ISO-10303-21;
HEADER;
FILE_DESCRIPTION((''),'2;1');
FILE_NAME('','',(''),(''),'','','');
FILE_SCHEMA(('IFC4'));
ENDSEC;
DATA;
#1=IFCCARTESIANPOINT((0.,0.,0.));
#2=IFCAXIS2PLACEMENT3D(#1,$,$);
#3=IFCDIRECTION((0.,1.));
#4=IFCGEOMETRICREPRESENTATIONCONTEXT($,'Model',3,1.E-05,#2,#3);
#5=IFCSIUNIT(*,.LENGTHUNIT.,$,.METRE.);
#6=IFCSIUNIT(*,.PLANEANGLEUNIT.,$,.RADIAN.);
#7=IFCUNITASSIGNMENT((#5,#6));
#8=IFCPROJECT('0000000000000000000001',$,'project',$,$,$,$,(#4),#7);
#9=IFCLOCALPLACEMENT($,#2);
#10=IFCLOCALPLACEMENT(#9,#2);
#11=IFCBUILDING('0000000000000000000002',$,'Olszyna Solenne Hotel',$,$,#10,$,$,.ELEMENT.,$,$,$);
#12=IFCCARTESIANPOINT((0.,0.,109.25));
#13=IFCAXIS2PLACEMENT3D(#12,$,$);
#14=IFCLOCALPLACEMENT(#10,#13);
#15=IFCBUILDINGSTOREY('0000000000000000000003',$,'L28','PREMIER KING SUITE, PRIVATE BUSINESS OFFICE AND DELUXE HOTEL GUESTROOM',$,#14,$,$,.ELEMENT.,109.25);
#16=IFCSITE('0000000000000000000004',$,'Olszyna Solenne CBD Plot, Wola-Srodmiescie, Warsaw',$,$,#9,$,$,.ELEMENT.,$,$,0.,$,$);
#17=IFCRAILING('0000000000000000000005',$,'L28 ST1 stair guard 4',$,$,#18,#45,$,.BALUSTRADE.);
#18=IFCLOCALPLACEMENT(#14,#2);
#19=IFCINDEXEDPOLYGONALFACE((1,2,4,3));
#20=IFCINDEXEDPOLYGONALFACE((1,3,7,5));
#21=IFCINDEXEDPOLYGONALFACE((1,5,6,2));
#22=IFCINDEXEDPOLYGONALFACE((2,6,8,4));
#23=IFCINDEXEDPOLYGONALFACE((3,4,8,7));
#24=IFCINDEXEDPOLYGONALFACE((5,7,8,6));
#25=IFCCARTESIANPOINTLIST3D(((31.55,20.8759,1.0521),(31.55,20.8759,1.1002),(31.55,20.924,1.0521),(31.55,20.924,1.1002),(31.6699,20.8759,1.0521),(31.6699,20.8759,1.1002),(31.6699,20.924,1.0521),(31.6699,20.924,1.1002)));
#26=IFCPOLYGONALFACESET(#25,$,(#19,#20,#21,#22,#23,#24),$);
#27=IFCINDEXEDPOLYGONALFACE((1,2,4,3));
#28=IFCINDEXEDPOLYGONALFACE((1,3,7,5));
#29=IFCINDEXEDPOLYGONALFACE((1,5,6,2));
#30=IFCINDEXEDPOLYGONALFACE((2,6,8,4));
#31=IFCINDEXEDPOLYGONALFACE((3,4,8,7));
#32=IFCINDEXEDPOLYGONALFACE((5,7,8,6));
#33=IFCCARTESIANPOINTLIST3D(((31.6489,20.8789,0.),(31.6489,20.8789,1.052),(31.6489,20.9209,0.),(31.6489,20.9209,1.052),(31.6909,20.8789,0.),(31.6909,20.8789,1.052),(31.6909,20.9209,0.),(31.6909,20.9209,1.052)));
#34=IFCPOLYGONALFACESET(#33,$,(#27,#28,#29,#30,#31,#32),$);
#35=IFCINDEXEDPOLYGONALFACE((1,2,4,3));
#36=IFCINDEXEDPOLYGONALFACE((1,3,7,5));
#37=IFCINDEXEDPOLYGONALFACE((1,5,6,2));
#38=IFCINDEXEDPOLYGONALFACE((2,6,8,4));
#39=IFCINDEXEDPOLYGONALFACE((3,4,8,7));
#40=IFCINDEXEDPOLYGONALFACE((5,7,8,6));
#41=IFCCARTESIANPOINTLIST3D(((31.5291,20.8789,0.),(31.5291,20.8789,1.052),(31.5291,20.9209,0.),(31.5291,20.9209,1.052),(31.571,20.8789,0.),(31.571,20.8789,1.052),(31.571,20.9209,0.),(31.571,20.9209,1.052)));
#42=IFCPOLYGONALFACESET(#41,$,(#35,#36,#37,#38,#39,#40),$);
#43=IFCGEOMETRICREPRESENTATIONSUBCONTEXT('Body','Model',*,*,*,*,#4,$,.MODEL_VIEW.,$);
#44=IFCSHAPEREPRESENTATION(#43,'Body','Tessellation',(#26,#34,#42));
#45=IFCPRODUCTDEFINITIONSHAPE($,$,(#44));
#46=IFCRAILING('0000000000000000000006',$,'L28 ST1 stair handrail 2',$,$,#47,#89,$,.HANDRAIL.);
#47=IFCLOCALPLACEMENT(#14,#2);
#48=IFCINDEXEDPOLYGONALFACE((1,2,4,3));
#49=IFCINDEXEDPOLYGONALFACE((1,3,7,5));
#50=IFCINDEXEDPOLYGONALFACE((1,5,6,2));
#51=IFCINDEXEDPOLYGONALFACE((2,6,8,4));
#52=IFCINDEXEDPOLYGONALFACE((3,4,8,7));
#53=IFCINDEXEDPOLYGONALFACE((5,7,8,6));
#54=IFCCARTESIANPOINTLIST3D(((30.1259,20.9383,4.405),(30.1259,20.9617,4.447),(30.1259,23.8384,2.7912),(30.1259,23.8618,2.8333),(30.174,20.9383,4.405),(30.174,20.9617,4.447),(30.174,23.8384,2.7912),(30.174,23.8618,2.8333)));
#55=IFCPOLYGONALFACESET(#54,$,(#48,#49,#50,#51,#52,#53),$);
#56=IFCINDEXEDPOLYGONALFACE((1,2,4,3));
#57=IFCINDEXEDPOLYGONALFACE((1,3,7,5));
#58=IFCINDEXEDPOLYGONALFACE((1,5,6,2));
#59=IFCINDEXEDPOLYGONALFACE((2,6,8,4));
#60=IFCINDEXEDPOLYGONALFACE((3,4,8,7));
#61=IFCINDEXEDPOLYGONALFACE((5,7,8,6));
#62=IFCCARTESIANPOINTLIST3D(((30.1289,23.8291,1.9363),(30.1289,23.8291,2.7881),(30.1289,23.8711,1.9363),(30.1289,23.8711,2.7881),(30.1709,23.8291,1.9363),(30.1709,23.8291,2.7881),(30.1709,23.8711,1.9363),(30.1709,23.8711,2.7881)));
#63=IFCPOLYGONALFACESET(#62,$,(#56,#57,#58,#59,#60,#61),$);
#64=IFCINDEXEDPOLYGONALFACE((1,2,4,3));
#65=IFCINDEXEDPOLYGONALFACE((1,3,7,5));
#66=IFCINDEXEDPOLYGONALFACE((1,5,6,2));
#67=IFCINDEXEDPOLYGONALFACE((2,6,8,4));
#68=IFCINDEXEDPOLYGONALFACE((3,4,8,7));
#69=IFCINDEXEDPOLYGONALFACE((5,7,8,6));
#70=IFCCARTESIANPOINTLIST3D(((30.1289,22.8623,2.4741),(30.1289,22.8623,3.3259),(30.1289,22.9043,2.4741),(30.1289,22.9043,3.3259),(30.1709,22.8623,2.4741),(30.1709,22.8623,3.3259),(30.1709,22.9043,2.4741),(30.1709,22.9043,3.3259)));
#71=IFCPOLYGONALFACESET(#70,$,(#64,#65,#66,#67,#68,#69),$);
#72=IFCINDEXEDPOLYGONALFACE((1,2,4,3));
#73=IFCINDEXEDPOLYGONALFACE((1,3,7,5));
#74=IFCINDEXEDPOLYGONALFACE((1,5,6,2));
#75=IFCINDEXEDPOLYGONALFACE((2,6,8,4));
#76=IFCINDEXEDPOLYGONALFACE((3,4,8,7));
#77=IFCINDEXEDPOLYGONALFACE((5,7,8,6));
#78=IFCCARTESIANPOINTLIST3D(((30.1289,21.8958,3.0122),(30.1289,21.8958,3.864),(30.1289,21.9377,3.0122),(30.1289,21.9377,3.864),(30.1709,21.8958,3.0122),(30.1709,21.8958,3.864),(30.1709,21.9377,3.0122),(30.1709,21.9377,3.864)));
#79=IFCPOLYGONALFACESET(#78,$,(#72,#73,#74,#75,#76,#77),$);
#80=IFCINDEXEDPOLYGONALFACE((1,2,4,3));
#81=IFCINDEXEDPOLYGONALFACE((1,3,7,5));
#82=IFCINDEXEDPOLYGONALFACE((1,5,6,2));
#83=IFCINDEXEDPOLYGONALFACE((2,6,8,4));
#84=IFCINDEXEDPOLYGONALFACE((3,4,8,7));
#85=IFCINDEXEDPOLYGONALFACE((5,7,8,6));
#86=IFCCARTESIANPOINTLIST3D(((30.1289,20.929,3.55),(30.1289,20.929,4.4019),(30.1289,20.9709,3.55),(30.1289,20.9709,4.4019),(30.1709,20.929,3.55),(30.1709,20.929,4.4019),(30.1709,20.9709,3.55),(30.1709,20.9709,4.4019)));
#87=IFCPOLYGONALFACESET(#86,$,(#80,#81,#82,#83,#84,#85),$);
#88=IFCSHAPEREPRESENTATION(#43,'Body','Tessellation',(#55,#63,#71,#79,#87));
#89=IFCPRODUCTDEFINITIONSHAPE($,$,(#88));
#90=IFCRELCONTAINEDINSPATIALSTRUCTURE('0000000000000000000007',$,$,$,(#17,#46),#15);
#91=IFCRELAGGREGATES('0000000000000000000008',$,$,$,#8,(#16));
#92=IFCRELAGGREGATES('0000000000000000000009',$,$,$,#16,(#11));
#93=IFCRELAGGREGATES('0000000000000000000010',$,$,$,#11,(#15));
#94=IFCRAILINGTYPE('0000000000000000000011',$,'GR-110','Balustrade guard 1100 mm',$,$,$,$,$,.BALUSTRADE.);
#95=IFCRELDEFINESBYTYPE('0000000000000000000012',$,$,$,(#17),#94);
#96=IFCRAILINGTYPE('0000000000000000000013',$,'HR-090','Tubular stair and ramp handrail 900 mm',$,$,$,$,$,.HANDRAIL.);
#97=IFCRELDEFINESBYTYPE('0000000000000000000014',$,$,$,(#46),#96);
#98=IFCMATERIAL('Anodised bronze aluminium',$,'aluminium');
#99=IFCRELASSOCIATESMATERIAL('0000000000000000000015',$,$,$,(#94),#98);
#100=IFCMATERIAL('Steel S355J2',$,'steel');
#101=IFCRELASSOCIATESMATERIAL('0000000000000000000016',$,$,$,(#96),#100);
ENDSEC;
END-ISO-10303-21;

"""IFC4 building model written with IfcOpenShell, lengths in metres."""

from ifc_helpers import new_model, si_unit, direction, frame, origin, origin_2d, place, context, subcontext, project, spatial, rectangle, extrude, material, type_object, element, save


model = new_model("IFC4")

# Units and contexts
model_context = context("Model", 3, precision=1e-05, world=origin(), true_north=direction((0.0, 1.0)))
body_context = subcontext(model_context, "Body", "Model", "MODEL_VIEW")
ifc_project = project(units=[si_unit("LENGTHUNIT", "METRE"), si_unit("PLANEANGLEUNIT", "RADIAN")], contexts=[model_context])

# Site, building, storey
site_placement = place(None, origin())
site = spatial("IfcSite", under=ifc_project, at=site_placement, Name="Olszyna Solenne CBD Plot, Wola-Srodmiescie, Warsaw", CompositionType="ELEMENT", RefElevation=0.0)
building_placement = place(site_placement, origin())
building = spatial("IfcBuilding", under=site, at=building_placement, Name="Olszyna Solenne Hotel", CompositionType="ELEMENT")
storey_placement = place(building_placement, frame((0.0, 0.0, 109.25)))
storey = spatial("IfcBuildingStorey", under=building, at=storey_placement, Name="L28", Description="PREMIER KING SUITE, PRIVATE BUSINESS OFFICE AND DELUXE HOTEL GUESTROOM", CompositionType="ELEMENT", Elevation=109.25)

# Shared definitions
ifc_material_1 = material(Name="Anodised bronze aluminium", Category="aluminium")

# Railings
railing_type_1 = type_object("IfcRailingType", Name="GR-110", Description="Balustrade guard 1100 mm", PredefinedType="BALUSTRADE", material=ifc_material_1)
railing_1_placement = place(storey_placement, frame((31.6699, 20.8999, 0.0)))
element("IfcRailing", 1, at=railing_1_placement, inside=storey, type_object=railing_type_1, Name="L28 ST1 stair guard 4", PredefinedType="BALUSTRADE", context=body_context, shape_type="SweptSolid", body=[
    extrude(rectangle(XDim=0.0481, YDim=0.0481, at=origin_2d()), frame((0.0, 0.0, 1.0762), z_axis=(-1.0, 0.0, 0.0), x_axis=(0.0, -1.0, 0.0)), (0.0, 0.0, 1.0), 0.1199),
    extrude(rectangle(XDim=0.042, YDim=0.042, at=origin_2d()), origin(), (0.0, 0.0, 1.0), 1.052),
    extrude(rectangle(XDim=0.042, YDim=0.042, at=origin_2d()), frame((-0.1199, 0.0, 0.0)), (0.0, 0.0, 1.0), 1.052),
])
ifc_material_2 = material(Name="Steel S355J2", Category="steel")
railing_type_2 = type_object("IfcRailingType", Name="HR-090", Description="Tubular stair and ramp handrail 900 mm", PredefinedType="HANDRAIL", material=ifc_material_2)
railing_2_placement = place(storey_placement, frame((30.1499, 23.8501, 1.9363)))
element("IfcRailing", 2, at=railing_2_placement, inside=storey, type_object=railing_type_2, Name="L28 ST1 stair handrail 2", PredefinedType="HANDRAIL", context=body_context, shape_type="SweptSolid", body=[
    extrude(rectangle(XDim=0.0481, YDim=0.0481, at=origin_2d()), frame((0.0, 0.0, 0.876), z_axis=(0.0, -0.873827, 0.486236), x_axis=(1.0, 0.0, 0.0)), (0.0, 0.0, 1.0), 3.3188),
    extrude(rectangle(XDim=0.042, YDim=0.042, at=origin_2d()), origin(), (0.0, 0.0, 1.0), 0.8518),
    extrude(rectangle(XDim=0.042, YDim=0.042, at=origin_2d()), frame((0.0, -0.9668, 0.5378)), (0.0, 0.0, 1.0), 0.8518),
    extrude(rectangle(XDim=0.042, YDim=0.042, at=origin_2d()), frame((0.0, -1.9333, 1.0759)), (0.0, 0.0, 1.0), 0.8518),
    extrude(rectangle(XDim=0.042, YDim=0.042, at=origin_2d()), frame((0.0, -2.9001, 1.6138)), (0.0, 0.0, 1.0), 0.8518),
])

save(model, "model.ifc")
